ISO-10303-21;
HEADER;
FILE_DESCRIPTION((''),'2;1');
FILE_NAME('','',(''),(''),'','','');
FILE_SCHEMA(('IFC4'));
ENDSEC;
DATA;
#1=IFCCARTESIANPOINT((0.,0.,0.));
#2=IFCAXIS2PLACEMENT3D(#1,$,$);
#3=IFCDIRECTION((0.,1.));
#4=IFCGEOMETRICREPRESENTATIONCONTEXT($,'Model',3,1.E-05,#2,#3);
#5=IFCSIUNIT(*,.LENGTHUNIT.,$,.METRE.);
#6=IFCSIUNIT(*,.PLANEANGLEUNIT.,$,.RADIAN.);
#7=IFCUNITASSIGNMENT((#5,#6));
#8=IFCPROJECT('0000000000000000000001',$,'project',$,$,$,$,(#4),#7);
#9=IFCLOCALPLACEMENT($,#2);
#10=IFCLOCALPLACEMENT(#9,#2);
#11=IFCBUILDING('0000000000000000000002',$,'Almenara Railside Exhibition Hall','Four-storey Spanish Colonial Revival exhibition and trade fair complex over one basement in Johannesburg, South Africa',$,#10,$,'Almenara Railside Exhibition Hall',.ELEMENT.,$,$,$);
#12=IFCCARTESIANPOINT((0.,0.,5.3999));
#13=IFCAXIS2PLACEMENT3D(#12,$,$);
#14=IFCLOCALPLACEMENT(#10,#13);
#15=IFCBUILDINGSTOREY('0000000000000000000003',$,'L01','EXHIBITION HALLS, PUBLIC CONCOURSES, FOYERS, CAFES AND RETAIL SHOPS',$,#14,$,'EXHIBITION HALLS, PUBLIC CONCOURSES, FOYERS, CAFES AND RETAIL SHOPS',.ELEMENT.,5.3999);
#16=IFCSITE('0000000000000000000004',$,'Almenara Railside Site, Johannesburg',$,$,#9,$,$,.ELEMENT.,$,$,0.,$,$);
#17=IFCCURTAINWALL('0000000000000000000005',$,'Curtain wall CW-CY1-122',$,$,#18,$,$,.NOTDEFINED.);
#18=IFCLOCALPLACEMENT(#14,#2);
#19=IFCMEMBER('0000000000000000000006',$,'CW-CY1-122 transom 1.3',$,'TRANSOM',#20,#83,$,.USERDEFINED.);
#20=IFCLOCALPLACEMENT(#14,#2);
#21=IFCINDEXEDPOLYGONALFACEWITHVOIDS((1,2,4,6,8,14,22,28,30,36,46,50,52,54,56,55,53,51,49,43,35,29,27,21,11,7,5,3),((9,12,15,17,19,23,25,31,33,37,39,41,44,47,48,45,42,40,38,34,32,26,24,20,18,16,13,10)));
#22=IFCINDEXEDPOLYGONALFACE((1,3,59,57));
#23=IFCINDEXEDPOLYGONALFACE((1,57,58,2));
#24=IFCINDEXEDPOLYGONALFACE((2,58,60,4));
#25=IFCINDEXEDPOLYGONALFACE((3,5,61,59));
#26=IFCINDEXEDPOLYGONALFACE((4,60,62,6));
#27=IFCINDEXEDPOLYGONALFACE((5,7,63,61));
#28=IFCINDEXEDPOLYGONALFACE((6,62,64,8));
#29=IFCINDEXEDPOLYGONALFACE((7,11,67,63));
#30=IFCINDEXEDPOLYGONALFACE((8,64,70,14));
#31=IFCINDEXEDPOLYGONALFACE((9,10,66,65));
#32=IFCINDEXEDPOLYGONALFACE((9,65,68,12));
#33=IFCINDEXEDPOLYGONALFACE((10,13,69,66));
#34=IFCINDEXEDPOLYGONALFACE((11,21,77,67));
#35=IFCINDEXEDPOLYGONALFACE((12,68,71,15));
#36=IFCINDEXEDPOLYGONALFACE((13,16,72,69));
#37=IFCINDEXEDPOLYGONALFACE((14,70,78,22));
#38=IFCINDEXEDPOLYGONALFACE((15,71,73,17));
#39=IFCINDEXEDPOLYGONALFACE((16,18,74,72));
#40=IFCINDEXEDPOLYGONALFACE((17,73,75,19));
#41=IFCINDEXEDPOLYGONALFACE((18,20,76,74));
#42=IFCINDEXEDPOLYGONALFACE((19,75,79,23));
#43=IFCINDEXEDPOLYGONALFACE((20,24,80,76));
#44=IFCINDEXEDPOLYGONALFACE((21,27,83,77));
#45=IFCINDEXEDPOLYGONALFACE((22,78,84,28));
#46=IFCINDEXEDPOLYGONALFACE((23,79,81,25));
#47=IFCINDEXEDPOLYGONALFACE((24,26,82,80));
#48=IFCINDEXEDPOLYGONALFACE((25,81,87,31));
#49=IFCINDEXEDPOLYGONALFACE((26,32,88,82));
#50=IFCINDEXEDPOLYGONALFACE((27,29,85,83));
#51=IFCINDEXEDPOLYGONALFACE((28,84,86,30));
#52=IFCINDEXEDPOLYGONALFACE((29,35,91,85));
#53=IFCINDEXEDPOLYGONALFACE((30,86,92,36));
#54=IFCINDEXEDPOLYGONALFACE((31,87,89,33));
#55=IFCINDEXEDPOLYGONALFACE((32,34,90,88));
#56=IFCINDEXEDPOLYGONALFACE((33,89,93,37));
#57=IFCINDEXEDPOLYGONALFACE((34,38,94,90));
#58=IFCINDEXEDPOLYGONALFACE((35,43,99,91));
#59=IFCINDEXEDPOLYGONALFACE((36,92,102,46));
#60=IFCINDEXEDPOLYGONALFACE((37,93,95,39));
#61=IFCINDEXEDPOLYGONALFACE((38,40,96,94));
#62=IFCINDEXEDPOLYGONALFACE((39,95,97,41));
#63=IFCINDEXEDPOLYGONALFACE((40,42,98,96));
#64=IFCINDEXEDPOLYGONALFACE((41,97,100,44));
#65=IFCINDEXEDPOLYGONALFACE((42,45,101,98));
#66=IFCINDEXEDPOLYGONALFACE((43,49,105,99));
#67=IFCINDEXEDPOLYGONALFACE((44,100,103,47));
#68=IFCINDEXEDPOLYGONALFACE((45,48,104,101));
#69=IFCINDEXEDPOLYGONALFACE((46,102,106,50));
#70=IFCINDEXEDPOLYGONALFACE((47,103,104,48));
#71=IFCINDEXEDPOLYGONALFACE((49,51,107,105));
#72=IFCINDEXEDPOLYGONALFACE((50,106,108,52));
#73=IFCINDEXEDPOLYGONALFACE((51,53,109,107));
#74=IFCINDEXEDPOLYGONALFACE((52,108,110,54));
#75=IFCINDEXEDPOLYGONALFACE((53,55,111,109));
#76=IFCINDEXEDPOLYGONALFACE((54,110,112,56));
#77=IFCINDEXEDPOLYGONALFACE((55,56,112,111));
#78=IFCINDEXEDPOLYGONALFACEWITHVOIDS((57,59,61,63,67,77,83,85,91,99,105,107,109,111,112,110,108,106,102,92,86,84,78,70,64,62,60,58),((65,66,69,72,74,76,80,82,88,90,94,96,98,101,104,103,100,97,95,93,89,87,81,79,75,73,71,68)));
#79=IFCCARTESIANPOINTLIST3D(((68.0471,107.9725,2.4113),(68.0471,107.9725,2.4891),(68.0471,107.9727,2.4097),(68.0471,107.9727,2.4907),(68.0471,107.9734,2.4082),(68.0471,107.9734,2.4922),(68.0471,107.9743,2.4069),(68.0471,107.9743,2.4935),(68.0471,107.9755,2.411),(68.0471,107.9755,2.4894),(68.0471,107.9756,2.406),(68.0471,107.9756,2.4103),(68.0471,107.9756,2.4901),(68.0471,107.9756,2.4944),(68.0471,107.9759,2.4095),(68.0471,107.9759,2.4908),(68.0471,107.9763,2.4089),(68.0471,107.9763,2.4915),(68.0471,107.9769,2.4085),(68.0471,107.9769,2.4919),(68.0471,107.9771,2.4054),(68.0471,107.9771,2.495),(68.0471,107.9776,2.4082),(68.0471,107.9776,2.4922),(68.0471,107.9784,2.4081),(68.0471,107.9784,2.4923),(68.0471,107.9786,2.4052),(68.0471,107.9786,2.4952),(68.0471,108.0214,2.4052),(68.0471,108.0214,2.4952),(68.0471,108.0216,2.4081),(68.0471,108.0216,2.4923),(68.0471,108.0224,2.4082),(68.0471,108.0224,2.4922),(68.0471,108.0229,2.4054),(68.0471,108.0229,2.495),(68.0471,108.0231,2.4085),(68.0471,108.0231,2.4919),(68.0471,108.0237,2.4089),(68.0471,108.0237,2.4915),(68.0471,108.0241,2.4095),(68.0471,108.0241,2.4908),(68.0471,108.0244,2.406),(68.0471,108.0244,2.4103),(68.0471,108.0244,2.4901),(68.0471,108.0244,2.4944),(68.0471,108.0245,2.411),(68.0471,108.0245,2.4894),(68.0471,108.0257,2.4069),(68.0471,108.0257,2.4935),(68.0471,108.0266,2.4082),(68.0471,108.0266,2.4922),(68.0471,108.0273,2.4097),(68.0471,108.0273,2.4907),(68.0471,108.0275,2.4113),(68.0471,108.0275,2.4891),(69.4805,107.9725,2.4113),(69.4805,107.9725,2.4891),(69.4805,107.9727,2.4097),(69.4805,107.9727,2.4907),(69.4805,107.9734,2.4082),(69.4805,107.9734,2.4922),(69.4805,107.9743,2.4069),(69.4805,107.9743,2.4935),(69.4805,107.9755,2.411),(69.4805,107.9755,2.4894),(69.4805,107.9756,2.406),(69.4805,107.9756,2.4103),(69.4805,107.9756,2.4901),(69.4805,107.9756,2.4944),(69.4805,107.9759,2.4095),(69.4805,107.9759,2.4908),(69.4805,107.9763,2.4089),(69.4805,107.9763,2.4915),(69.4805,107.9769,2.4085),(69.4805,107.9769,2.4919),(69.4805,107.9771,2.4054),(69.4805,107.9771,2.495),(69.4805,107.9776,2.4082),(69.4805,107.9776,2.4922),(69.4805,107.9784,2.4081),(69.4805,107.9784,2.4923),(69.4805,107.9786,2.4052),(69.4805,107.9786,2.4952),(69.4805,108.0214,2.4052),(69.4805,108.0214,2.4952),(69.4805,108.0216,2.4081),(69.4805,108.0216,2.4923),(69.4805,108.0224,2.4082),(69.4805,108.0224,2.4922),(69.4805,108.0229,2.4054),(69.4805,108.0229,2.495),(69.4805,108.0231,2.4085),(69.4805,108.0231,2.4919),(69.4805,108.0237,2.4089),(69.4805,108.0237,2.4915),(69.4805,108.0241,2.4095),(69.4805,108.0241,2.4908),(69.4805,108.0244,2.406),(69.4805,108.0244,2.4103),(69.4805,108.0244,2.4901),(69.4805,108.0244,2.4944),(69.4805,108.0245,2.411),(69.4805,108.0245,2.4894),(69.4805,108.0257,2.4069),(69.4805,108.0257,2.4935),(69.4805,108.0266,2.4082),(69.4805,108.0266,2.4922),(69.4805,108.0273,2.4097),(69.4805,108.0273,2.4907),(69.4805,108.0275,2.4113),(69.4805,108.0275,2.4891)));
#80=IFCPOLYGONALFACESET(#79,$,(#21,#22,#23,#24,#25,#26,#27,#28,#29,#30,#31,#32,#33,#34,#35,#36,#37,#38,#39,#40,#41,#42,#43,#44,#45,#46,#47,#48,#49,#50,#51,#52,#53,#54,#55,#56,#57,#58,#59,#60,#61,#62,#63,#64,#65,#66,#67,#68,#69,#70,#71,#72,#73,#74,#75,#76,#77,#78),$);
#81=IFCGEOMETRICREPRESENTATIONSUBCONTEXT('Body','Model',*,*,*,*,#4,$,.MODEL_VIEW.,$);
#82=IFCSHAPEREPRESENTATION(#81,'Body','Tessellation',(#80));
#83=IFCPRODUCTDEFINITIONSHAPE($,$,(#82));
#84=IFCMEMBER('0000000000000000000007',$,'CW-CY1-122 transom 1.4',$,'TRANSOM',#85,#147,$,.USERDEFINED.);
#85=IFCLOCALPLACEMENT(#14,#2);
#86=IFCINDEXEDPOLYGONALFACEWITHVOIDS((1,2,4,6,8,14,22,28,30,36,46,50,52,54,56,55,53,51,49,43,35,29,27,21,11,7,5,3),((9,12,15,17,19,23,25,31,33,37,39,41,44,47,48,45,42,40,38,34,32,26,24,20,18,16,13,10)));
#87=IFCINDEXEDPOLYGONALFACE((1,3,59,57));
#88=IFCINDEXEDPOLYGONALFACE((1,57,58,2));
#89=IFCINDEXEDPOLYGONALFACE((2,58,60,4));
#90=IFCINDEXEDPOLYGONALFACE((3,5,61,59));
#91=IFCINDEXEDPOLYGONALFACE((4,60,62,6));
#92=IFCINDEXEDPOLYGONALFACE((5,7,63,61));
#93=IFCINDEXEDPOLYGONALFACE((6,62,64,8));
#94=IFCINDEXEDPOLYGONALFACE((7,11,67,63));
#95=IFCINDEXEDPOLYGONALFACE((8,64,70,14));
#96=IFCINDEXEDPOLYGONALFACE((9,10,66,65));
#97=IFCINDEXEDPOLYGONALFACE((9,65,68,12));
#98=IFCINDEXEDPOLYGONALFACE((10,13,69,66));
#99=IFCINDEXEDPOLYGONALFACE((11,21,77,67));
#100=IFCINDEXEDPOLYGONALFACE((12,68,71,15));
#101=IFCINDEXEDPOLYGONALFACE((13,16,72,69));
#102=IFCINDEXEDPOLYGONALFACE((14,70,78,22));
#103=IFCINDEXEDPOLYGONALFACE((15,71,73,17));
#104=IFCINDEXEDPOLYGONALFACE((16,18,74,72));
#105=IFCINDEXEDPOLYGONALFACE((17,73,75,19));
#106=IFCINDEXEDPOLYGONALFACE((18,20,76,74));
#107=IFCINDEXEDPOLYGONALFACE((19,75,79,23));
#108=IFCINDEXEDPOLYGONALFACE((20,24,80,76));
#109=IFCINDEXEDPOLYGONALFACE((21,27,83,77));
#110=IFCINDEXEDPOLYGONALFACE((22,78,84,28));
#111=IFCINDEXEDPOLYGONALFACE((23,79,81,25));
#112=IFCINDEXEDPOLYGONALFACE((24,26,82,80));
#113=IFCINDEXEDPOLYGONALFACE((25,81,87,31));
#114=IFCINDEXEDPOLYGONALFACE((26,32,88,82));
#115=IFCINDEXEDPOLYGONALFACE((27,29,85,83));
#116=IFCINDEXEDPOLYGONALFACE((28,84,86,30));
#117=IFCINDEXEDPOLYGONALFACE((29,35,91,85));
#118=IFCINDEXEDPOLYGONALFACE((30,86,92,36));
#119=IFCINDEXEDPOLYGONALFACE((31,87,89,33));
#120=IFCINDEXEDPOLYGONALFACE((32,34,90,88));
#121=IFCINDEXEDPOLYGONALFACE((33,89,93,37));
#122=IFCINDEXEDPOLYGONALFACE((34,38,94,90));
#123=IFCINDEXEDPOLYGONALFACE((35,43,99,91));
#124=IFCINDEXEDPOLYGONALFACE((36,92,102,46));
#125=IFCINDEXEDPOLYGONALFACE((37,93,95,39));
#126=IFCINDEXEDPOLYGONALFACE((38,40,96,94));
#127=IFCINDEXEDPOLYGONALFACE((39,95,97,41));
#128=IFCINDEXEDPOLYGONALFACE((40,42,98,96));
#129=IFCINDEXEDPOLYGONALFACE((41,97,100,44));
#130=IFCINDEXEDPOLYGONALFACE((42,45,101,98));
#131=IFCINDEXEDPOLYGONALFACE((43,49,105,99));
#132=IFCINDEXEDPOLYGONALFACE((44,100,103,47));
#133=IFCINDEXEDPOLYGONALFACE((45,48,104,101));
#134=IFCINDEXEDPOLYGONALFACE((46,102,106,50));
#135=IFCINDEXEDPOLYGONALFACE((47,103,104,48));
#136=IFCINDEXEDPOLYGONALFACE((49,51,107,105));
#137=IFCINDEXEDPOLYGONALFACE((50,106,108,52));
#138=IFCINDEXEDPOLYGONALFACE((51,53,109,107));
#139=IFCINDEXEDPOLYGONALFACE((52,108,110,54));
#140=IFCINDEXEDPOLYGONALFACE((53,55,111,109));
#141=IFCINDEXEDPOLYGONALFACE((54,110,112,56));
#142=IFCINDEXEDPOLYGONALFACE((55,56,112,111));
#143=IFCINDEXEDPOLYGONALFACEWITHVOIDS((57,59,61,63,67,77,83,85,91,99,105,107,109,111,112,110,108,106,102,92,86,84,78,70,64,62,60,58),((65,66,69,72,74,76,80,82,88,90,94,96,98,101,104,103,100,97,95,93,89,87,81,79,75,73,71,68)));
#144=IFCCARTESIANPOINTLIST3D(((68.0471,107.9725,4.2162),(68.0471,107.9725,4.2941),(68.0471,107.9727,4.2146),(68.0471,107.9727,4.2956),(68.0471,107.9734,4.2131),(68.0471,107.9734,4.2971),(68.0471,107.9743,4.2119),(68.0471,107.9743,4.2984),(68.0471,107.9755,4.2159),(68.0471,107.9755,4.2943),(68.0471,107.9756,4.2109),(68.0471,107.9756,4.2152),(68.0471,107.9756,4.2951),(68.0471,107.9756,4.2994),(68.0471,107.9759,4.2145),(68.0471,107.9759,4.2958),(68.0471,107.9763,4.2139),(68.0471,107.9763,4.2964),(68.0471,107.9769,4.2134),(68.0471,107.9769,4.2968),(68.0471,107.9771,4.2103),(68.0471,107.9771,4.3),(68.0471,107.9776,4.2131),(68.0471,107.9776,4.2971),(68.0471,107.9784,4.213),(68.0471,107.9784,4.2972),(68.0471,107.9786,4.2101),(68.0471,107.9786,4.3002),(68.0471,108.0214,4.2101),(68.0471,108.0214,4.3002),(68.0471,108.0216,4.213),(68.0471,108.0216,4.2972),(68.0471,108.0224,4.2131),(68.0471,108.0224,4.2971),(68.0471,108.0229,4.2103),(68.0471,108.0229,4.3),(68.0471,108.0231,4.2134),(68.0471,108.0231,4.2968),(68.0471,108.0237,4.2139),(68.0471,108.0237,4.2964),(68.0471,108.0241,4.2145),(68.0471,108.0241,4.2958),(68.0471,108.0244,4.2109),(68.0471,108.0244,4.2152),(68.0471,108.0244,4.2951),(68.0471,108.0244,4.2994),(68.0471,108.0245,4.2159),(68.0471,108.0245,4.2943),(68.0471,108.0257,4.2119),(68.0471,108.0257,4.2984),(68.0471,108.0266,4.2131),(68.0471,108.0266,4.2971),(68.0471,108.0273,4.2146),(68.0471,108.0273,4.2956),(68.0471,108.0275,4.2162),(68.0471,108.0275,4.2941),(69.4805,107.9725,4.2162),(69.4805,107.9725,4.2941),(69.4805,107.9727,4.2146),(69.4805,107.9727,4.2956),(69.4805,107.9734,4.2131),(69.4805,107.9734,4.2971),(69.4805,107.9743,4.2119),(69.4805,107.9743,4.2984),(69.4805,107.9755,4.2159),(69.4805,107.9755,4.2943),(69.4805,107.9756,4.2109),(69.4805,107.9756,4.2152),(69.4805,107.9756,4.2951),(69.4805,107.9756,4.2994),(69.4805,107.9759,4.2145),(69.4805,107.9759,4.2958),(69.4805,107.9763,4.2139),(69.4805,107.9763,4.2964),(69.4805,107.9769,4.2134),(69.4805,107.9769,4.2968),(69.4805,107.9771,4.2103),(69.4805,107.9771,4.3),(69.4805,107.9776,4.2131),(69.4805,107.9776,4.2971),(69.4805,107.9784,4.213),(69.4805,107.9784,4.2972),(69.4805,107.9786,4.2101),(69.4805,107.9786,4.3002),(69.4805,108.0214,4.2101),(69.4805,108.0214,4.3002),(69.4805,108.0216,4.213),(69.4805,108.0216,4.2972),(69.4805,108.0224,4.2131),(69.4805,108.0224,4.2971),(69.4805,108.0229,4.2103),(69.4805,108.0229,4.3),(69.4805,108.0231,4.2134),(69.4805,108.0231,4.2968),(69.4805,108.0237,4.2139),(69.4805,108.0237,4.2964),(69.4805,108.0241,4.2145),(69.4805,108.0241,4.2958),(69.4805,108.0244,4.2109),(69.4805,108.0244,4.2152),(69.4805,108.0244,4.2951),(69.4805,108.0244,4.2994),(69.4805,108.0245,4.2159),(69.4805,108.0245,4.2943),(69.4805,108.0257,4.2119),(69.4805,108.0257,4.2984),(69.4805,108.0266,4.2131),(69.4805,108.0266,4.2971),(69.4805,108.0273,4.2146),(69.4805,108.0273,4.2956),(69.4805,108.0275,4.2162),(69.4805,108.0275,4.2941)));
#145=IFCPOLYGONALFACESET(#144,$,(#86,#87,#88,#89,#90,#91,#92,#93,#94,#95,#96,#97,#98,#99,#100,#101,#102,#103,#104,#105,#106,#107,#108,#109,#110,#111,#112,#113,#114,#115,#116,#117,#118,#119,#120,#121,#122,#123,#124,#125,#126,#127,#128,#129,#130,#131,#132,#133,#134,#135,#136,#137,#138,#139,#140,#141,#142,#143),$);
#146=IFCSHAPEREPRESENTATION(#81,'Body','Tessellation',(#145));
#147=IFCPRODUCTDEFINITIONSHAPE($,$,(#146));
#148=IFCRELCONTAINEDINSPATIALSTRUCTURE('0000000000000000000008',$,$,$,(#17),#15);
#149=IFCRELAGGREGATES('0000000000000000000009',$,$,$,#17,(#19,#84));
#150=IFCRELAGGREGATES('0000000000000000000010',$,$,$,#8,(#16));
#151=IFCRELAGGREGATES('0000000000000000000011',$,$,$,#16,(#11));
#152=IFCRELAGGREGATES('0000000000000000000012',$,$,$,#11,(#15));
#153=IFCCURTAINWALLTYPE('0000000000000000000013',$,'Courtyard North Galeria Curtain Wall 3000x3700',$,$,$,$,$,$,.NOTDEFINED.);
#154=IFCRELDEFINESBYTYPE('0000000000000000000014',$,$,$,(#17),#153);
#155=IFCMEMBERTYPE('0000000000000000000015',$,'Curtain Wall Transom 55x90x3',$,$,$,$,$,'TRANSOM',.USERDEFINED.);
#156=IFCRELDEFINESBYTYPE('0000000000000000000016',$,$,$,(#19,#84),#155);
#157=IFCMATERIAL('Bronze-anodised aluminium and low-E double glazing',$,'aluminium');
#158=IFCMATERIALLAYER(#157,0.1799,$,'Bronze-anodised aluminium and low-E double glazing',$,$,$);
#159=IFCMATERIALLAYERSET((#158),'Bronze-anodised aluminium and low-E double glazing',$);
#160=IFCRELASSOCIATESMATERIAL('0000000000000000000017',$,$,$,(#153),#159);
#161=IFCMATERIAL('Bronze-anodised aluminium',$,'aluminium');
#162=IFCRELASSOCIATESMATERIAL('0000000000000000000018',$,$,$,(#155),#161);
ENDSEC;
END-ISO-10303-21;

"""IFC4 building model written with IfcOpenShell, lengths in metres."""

from ifc_helpers import new_model, si_unit, direction, frame, origin, origin_2d, place, context, subcontext, project, spatial, hollow_rectangle, extrude, material, layer, layer_set, material_profile, profile_set, type_object, element, aggregate, save


model = new_model("IFC4")

# Units and contexts
model_context = context("Model", 3, precision=1e-05, world=origin(), true_north=direction((0.0, 1.0)))
body_context = subcontext(model_context, "Body", "Model", "MODEL_VIEW")
ifc_project = project(units=[si_unit("LENGTHUNIT", "METRE"), si_unit("PLANEANGLEUNIT", "RADIAN")], contexts=[model_context])

# Site, building, storey
site_placement = place(None, origin())
site = spatial("IfcSite", under=ifc_project, at=site_placement, Name="Almenara Railside Site, Johannesburg", CompositionType="ELEMENT", RefElevation=0.0)
building_placement = place(site_placement, origin())
building = spatial("IfcBuilding", under=site, at=building_placement, Name="Almenara Railside Exhibition Hall", Description="Four-storey Spanish Colonial Revival exhibition and trade fair complex over one basement in Johannesburg, South Africa", LongName="Almenara Railside Exhibition Hall", CompositionType="ELEMENT")
storey_placement = place(building_placement, frame((0.0, 0.0, 5.3999)))
storey = spatial("IfcBuildingStorey", under=building, at=storey_placement, Name="L01", Description="EXHIBITION HALLS, PUBLIC CONCOURSES, FOYERS, CAFES AND RETAIL SHOPS", LongName="EXHIBITION HALLS, PUBLIC CONCOURSES, FOYERS, CAFES AND RETAIL SHOPS", CompositionType="ELEMENT", Elevation=5.3999)

# Curtain wall, members
ifc_material_1 = material(Name="Bronze-anodised aluminium and low-E double glazing", Category="aluminium")
ifc_layer_1 = layer(ifc_material_1, 0.1799, Name="Bronze-anodised aluminium and low-E double glazing")
ifc_layer_set_1 = layer_set([ifc_layer_1], Name="Bronze-anodised aluminium and low-E double glazing")
curtain_wall_type = type_object("IfcCurtainWallType", Name="Courtyard North Galeria Curtain Wall 3000x3700", PredefinedType="NOTDEFINED", material=ifc_layer_set_1)
curtain_wall_placement = place(storey_placement, origin())
curtain_wall = element("IfcCurtainWall", 1, at=curtain_wall_placement, inside=storey, type_object=curtain_wall_type, Name="Curtain wall CW-CY1-122", PredefinedType="NOTDEFINED")
ifc_material_2 = material(Name="Bronze-anodised aluminium", Category="aluminium")
ifc_material_profile_1 = material_profile(ifc_material_2, hollow_rectangle(XDim=0.0549, YDim=0.0901, WallThickness=0.0029, InnerFilletRadius=0.0029, OuterFilletRadius=0.0061, at=origin_2d()), Name="ALU-TRN 55x90x3")
ifc_profile_set_1 = profile_set([ifc_material_profile_1], Name="Bronze-anodised aluminium")
member_type_1 = type_object("IfcMemberType", Name="Curtain Wall Transom 55x90x3", ElementType="TRANSOM", PredefinedType="USERDEFINED", material=ifc_profile_set_1)
member_1_placement = place(storey_placement, frame((68.0471, 108.0, 2.4502), z_axis=(1.0, 0.0, 0.0), x_axis=(0.0, 1.0, 0.0)))
member_1 = element("IfcMember", 2, at=member_1_placement, type_object=member_type_1, Name="CW-CY1-122 transom 1.3", ObjectType="TRANSOM", PredefinedType="USERDEFINED", context=body_context, shape_type="SweptSolid", body=[
    extrude(hollow_rectangle(XDim=0.0549, YDim=0.0901, WallThickness=0.0029, InnerFilletRadius=0.0029, OuterFilletRadius=0.0061, at=origin_2d()), origin(), (0.0, 0.0, 1.0), 1.4333),
])
member_2_placement = place(storey_placement, frame((68.0471, 108.0, 4.2551), z_axis=(1.0, 0.0, 0.0), x_axis=(0.0, 1.0, 0.0)))
member_2 = element("IfcMember", 3, at=member_2_placement, type_object=member_type_1, Name="CW-CY1-122 transom 1.4", ObjectType="TRANSOM", PredefinedType="USERDEFINED", context=body_context, shape_type="SweptSolid", body=[
    extrude(hollow_rectangle(XDim=0.0549, YDim=0.0901, WallThickness=0.0029, InnerFilletRadius=0.0029, OuterFilletRadius=0.0061, at=origin_2d()), origin(), (0.0, 0.0, 1.0), 1.4333),
])

aggregate(curtain_wall, [member_1, member_2])

save(model, "model.ifc")
